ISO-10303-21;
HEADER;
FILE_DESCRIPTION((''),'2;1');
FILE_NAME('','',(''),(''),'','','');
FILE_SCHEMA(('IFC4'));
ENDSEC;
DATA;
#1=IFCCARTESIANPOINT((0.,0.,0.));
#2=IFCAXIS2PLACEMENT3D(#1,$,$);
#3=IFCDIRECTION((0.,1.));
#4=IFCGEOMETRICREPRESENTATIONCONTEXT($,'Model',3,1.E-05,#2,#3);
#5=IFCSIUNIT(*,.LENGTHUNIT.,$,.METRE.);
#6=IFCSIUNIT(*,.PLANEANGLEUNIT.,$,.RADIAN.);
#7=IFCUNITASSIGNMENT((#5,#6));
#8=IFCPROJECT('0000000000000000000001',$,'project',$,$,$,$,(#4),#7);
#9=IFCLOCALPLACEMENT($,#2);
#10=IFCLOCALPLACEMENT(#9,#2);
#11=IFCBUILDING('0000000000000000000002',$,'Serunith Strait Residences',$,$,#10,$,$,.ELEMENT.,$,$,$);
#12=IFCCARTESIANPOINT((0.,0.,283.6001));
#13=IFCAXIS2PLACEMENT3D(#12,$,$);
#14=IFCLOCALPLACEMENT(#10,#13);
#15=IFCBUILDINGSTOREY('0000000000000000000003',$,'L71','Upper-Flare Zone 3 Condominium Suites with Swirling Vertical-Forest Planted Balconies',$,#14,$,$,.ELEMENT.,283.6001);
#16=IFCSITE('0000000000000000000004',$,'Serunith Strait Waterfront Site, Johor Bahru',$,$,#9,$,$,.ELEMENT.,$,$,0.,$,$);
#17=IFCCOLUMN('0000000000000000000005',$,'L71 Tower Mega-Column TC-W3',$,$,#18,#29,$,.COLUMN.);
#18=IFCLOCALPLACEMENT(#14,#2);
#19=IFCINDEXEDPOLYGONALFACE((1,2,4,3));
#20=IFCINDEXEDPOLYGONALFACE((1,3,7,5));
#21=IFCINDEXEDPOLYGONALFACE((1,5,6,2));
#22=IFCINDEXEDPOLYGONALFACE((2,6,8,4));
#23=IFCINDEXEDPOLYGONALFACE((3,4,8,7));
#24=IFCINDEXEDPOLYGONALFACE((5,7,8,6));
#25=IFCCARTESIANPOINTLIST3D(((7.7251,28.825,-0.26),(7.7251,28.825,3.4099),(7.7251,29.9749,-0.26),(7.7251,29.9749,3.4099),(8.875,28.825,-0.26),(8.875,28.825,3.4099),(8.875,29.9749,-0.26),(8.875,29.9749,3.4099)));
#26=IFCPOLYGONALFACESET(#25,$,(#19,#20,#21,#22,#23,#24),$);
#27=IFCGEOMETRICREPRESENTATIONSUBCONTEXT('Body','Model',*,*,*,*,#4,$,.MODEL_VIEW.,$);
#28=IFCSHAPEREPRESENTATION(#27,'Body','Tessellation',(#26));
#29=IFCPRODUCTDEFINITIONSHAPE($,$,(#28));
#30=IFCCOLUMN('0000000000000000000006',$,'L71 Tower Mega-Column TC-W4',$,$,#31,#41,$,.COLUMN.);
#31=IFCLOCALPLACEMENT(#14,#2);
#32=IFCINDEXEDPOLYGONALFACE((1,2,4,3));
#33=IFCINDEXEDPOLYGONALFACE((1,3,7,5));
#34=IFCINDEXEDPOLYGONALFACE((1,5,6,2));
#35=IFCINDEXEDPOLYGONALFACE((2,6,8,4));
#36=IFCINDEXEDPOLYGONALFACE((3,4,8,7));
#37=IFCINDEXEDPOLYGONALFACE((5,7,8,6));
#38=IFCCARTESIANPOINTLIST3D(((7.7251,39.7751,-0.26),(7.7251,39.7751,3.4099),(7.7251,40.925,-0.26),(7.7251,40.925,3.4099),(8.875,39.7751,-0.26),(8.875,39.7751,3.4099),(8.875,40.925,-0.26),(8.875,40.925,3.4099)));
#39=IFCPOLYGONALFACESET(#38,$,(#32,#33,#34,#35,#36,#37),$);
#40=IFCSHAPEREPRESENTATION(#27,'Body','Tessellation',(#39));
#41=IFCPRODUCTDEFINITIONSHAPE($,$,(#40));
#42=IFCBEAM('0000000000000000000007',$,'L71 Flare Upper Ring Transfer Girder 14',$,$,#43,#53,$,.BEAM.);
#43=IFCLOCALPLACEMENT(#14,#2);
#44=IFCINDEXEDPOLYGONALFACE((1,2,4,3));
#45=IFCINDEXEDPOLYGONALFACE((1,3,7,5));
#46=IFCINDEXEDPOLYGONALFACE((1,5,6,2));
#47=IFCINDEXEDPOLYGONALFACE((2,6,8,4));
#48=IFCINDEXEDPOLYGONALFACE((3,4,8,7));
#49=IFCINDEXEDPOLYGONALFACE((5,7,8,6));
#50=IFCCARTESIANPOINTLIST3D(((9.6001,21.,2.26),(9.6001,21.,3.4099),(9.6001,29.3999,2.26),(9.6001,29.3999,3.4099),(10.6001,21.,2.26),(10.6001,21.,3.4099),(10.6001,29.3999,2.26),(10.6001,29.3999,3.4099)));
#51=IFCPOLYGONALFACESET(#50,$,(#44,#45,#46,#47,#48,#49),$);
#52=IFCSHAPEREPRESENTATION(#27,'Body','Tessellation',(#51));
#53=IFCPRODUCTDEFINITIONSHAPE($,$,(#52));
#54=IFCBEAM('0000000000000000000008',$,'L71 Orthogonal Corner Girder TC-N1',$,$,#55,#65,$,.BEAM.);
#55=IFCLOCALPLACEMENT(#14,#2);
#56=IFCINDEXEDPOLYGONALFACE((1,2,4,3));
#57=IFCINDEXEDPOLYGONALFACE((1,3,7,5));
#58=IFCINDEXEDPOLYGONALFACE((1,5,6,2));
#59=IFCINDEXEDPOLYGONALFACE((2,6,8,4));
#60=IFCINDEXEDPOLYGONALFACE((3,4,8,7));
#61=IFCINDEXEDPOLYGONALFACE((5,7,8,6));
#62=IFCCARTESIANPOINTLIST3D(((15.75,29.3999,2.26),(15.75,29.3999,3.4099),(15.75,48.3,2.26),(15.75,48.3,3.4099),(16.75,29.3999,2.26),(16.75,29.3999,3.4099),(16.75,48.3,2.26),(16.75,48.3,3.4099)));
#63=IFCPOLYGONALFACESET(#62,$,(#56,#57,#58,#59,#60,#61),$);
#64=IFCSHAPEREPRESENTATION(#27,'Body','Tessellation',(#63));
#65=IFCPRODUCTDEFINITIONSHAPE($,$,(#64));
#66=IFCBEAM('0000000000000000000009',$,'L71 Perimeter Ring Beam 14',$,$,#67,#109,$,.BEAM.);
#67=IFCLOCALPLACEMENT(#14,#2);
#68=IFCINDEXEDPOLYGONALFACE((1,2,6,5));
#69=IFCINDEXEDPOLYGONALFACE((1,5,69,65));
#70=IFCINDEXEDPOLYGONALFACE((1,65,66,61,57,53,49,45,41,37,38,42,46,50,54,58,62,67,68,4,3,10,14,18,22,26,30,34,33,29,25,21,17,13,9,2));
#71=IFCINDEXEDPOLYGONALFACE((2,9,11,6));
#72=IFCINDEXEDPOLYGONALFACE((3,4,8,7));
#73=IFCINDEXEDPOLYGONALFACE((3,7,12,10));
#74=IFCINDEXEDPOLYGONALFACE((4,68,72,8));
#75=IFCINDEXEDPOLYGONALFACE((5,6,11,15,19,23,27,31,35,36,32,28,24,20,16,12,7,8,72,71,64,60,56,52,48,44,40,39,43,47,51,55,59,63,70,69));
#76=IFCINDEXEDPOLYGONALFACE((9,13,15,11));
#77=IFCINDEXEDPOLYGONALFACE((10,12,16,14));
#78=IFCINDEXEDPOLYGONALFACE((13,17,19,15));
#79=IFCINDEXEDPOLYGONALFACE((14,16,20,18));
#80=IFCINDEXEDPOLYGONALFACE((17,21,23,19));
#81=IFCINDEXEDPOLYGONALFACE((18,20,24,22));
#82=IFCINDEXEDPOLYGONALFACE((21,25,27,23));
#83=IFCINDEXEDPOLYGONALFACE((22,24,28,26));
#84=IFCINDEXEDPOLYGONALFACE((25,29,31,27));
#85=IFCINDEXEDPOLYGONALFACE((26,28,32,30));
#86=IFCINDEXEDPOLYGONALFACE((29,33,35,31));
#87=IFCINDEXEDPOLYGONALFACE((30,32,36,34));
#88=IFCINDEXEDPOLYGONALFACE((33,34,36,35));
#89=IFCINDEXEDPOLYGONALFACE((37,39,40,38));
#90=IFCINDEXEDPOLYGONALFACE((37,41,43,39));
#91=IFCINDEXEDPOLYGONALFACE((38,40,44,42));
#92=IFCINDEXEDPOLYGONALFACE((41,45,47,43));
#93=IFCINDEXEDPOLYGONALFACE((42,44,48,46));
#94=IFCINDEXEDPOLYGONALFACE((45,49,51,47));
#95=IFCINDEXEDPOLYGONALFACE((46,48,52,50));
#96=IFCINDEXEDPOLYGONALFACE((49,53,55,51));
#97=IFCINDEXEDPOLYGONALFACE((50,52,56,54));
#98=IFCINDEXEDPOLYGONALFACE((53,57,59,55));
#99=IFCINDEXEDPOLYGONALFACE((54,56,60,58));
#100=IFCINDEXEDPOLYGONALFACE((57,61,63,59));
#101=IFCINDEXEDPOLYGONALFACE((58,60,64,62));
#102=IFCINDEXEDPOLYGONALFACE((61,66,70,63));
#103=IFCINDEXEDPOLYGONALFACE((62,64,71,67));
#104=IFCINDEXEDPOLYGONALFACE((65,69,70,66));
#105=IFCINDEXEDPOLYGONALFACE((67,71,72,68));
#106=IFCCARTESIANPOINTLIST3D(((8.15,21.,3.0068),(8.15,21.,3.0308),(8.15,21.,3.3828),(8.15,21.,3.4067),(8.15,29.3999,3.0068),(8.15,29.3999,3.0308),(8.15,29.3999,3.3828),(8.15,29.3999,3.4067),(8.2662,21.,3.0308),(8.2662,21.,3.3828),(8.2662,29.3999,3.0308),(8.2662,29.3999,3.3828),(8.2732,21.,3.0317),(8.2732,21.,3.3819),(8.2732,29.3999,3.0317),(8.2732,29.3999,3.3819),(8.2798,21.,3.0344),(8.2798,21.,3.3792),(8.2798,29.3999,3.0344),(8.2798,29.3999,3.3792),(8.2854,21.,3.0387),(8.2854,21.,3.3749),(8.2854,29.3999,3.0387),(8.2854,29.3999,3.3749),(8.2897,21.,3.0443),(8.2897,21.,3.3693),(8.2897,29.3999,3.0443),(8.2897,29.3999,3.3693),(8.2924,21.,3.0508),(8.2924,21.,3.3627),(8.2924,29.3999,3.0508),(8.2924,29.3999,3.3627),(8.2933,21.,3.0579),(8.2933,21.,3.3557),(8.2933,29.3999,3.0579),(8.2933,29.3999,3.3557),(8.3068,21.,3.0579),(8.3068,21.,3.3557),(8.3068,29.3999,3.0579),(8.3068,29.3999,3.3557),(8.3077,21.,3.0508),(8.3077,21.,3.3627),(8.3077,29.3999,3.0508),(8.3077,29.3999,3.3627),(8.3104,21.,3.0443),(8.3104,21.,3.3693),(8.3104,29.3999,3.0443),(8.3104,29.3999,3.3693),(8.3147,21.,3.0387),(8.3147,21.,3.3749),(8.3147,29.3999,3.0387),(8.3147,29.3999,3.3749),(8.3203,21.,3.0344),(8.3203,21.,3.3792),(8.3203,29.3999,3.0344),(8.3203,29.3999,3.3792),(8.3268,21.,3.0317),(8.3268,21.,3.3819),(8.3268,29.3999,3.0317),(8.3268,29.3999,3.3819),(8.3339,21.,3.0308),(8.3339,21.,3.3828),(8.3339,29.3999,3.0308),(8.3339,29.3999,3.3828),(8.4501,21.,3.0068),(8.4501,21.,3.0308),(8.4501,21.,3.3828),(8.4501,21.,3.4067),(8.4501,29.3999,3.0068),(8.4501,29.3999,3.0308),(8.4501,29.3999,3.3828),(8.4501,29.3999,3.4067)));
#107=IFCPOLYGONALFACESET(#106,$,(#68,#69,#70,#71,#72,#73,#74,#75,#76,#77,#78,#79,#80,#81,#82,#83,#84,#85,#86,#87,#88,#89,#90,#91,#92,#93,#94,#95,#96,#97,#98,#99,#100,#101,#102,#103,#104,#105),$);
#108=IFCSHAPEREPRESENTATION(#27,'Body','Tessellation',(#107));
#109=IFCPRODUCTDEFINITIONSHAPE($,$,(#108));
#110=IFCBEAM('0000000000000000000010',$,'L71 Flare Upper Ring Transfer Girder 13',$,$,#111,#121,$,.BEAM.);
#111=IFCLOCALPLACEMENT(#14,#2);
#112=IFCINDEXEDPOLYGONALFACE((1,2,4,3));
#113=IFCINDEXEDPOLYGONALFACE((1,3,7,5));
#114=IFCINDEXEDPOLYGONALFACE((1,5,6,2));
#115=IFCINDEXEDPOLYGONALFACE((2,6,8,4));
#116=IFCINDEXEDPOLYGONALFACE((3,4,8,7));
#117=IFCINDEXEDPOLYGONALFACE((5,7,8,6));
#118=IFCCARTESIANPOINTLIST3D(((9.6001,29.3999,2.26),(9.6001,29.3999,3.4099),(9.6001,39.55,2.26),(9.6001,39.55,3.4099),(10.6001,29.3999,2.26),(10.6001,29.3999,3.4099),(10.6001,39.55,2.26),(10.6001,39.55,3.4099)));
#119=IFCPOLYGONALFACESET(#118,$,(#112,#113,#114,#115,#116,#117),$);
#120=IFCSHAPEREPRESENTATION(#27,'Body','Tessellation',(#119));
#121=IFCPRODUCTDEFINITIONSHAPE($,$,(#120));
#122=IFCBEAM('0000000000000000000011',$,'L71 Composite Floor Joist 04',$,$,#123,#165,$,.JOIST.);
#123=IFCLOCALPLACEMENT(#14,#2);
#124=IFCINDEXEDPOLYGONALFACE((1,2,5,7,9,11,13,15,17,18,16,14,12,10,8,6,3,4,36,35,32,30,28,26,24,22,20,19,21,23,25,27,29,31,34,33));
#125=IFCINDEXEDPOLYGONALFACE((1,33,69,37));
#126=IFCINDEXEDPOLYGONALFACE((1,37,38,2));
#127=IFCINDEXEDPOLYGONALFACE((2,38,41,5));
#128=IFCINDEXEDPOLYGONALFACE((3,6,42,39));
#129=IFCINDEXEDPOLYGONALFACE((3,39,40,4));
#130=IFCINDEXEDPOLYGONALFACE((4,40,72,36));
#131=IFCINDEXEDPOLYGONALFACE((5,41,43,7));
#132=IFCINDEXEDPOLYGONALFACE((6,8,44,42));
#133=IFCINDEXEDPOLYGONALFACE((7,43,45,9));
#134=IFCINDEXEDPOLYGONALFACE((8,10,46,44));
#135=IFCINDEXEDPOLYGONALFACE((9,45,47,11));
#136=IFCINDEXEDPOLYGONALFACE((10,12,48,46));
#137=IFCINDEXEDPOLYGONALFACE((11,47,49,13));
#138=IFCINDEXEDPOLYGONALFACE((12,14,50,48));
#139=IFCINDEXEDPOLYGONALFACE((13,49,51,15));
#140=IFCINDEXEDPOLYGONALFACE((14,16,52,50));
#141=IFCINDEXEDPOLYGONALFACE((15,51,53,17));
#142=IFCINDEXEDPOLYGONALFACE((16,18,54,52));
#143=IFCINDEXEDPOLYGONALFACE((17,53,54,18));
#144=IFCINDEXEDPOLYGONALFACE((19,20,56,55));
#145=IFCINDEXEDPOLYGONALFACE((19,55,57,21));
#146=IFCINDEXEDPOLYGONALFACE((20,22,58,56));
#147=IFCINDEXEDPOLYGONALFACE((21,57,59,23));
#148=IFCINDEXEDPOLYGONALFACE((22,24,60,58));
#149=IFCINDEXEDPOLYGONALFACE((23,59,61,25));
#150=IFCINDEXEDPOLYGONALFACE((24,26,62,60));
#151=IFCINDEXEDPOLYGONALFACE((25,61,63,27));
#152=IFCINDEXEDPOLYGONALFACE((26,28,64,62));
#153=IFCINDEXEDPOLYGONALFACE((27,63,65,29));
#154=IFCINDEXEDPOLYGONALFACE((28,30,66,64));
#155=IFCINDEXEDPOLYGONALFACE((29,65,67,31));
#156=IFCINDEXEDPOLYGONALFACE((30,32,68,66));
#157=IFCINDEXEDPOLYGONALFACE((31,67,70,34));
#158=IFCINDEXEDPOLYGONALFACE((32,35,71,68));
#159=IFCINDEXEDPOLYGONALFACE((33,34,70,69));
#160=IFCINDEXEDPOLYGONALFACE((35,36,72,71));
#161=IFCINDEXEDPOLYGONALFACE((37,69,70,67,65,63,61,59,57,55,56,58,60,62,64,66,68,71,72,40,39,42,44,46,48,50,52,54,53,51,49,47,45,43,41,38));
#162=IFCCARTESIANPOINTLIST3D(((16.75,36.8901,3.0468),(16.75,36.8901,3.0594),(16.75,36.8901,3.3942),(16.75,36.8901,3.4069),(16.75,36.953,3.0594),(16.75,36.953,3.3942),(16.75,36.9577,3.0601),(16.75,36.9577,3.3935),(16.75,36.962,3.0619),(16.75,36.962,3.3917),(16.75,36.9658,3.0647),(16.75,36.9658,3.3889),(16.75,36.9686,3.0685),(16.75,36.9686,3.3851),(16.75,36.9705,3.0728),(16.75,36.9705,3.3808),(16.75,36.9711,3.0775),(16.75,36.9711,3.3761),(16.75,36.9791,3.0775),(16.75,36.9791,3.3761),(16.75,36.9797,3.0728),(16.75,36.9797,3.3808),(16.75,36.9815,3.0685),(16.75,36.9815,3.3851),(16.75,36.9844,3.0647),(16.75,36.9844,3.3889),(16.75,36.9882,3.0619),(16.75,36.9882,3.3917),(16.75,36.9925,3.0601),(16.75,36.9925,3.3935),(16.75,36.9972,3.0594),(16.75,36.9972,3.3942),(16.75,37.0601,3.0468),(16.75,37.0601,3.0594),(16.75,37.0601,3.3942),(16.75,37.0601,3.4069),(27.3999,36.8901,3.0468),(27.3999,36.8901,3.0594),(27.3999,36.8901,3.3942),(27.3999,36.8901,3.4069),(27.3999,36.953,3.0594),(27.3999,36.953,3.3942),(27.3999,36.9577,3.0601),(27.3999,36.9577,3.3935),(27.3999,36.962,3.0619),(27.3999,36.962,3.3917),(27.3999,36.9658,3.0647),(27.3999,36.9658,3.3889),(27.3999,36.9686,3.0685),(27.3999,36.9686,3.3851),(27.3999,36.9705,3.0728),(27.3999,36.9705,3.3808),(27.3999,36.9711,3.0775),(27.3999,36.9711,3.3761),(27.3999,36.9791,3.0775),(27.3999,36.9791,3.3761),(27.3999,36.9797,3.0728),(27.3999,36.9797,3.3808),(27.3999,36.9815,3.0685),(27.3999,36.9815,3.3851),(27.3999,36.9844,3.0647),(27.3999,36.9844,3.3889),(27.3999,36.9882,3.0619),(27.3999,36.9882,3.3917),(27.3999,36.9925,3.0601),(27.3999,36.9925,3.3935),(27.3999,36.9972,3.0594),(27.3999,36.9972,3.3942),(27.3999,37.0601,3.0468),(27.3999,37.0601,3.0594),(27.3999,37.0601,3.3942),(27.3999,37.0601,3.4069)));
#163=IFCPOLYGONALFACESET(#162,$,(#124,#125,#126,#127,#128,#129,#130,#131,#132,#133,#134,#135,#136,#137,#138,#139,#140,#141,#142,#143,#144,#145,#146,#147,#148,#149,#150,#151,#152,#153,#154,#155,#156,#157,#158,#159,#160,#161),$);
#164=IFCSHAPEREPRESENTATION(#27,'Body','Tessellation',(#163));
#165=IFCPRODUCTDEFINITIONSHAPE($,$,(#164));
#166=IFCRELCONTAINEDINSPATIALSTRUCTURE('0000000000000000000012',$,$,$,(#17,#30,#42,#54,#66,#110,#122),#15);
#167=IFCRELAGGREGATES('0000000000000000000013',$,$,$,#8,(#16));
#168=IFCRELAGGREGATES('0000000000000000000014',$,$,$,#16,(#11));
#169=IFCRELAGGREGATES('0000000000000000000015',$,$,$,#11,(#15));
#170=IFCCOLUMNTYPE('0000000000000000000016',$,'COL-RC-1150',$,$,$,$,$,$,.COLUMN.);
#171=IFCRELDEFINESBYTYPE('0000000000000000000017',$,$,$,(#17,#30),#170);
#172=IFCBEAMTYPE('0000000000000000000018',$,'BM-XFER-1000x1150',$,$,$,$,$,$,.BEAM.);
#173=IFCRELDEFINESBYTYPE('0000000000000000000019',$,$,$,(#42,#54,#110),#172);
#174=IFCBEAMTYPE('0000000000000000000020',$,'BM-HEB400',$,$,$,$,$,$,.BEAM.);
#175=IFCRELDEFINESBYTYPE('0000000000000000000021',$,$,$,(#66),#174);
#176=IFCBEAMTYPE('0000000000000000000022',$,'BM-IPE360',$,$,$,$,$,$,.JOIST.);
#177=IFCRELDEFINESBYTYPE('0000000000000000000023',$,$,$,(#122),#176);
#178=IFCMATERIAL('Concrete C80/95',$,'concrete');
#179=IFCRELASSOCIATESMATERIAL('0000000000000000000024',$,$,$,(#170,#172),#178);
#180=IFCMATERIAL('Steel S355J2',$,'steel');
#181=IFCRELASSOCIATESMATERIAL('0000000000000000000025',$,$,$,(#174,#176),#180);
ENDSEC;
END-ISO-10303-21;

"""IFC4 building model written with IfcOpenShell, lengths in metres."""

from ifc_helpers import new_model, si_unit, direction, frame, origin, origin_2d, place, context, subcontext, project, spatial, rectangle, i_section, extrude, source, transform, mapped, material, material_profile, profile_set, type_object, element, save


model = new_model("IFC4")

# Units and contexts
model_context = context("Model", 3, precision=1e-05, world=origin(), true_north=direction((0.0, 1.0)))
body_context = subcontext(model_context, "Body", "Model", "MODEL_VIEW")
ifc_project = project(units=[si_unit("LENGTHUNIT", "METRE"), si_unit("PLANEANGLEUNIT", "RADIAN")], contexts=[model_context])

# Site, building, storey
site_placement = place(None, origin())
site = spatial("IfcSite", under=ifc_project, at=site_placement, Name="Serunith Strait Waterfront Site, Johor Bahru", CompositionType="ELEMENT", RefElevation=0.0)
building_placement = place(site_placement, origin())
building = spatial("IfcBuilding", under=site, at=building_placement, Name="Serunith Strait Residences", CompositionType="ELEMENT")
storey_placement = place(building_placement, frame((0.0, 0.0, 283.6001)))
storey = spatial("IfcBuildingStorey", under=building, at=storey_placement, Name="L71", Description="Upper-Flare Zone 3 Condominium Suites with Swirling Vertical-Forest Planted Balconies", CompositionType="ELEMENT", Elevation=283.6001)

# Columns
ifc_material_1 = material(Name="Concrete C80/95", Category="concrete")
ifc_material_profile_1 = material_profile(ifc_material_1, rectangle(XDim=1.1499, YDim=1.1499, at=origin_2d()), Name="RC 1150x1150")
ifc_profile_set_1 = profile_set([ifc_material_profile_1], Name="Concrete C80/95")
column_type = type_object("IfcColumnType", Name="COL-RC-1150", PredefinedType="COLUMN", material=ifc_profile_set_1)
shared_shape_1 = source(origin(), body_context, "Body", "SweptSolid", [
    extrude(rectangle(XDim=1.1499, YDim=1.1499, at=origin_2d()), origin(), (0.0, 0.0, 1.0), 3.6699),
])
for number, where, z_axis, x_axis, name in (
    (1, (8.3, 29.3999, -0.26), (0.0, 0.0, 1.0), (1.0, 0.0, 0.0), "L71 Tower Mega-Column TC-W3"),
    (2, (8.3, 40.3501, -0.26), (0.0, 0.0, 1.0), (1.0, 0.0, 0.0), "L71 Tower Mega-Column TC-W4"),
):
    element("IfcColumn", number, at=place(storey_placement, frame(where, z_axis=z_axis, x_axis=x_axis)), inside=storey, type_object=column_type, Name=name, PredefinedType="COLUMN", context=body_context, shape_type="MappedRepresentation", body=[
        mapped(shared_shape_1, transform((0.0, 0.0, 0.0), scale=1.0)),
    ])

# Beams
ifc_material_profile_2 = material_profile(ifc_material_1, rectangle(XDim=1.0, YDim=1.1499, at=origin_2d()), Name="RC 1000x1150")
ifc_profile_set_2 = profile_set([ifc_material_profile_2], Name="Concrete C80/95")
beam_type_1 = type_object("IfcBeamType", Name="BM-XFER-1000x1150", PredefinedType="BEAM", material=ifc_profile_set_2)
shared_shape_2 = source(origin(), body_context, "Body", "SweptSolid", [
    extrude(rectangle(XDim=1.0, YDim=1.1499, at=origin_2d()), origin(), (0.0, 0.0, 1.0), 8.3999),
])
beam_1_placement = place(storey_placement, frame((10.1001, 29.3999, 2.835), z_axis=(0.0, -1.0, 0.0), x_axis=(1.0, 0.0, 0.0)))
element("IfcBeam", 3, at=beam_1_placement, inside=storey, type_object=beam_type_1, Name="L71 Flare Upper Ring Transfer Girder 14", PredefinedType="BEAM", context=body_context, shape_type="MappedRepresentation", body=[
    mapped(shared_shape_2, transform((0.0, 0.0, 0.0), scale=1.0)),
])
shared_shape_3 = source(origin(), body_context, "Body", "SweptSolid", [
    extrude(rectangle(XDim=1.0, YDim=1.1499, at=origin_2d()), origin(), (0.0, 0.0, 1.0), 18.9001),
])
beam_2_placement = place(storey_placement, frame((16.25, 29.3999, 2.835), z_axis=(0.0, 1.0, 0.0), x_axis=(-1.0, 0.0, 0.0)))
element("IfcBeam", 4, at=beam_2_placement, inside=storey, type_object=beam_type_1, Name="L71 Orthogonal Corner Girder TC-N1", PredefinedType="BEAM", context=body_context, shape_type="MappedRepresentation", body=[
    mapped(shared_shape_3, transform((0.0, 0.0, 0.0), scale=1.0)),
])
ifc_material_2 = material(Name="Steel S355J2", Category="steel")
ifc_material_profile_3 = material_profile(ifc_material_2, i_section(OverallWidth=0.3, OverallDepth=0.3999, WebThickness=0.0134, FlangeThickness=0.0239, FilletRadius=0.0271, at=origin_2d()), Name="HEB 400")
ifc_profile_set_3 = profile_set([ifc_material_profile_3], Name="Steel S355J2")
beam_type_2 = type_object("IfcBeamType", Name="BM-HEB400", PredefinedType="BEAM", material=ifc_profile_set_3)
shared_shape_4 = source(origin(), body_context, "Body", "SweptSolid", [
    extrude(i_section(OverallWidth=0.3, OverallDepth=0.3999, WebThickness=0.0134, FlangeThickness=0.0239, FilletRadius=0.0271, at=origin_2d()), origin(), (0.0, 0.0, 1.0), 8.3999),
])
beam_3_placement = place(storey_placement, frame((8.3, 29.3999, 3.2068), z_axis=(0.0, -1.0, 0.0), x_axis=(1.0, 0.0, 0.0)))
element("IfcBeam", 5, at=beam_3_placement, inside=storey, type_object=beam_type_2, Name="L71 Perimeter Ring Beam 14", PredefinedType="BEAM", context=body_context, shape_type="MappedRepresentation", body=[
    mapped(shared_shape_4, transform((0.0, 0.0, 0.0), scale=1.0)),
])
shared_shape_5 = source(origin(), body_context, "Body", "SweptSolid", [
    extrude(rectangle(XDim=1.0, YDim=1.1499, at=origin_2d()), origin(), (0.0, 0.0, 1.0), 10.1501),
])
beam_4_placement = place(storey_placement, frame((10.1001, 39.55, 2.835), z_axis=(0.0, -1.0, 0.0), x_axis=(1.0, 0.0, 0.0)))
element("IfcBeam", 6, at=beam_4_placement, inside=storey, type_object=beam_type_1, Name="L71 Flare Upper Ring Transfer Girder 13", PredefinedType="BEAM", context=body_context, shape_type="MappedRepresentation", body=[
    mapped(shared_shape_5, transform((0.0, 0.0, 0.0), scale=1.0)),
])
ifc_material_profile_4 = material_profile(ifc_material_2, i_section(OverallWidth=0.1699, OverallDepth=0.3601, WebThickness=0.0081, FlangeThickness=0.0127, FilletRadius=0.0181, at=origin_2d()), Name="IPE 360")
ifc_profile_set_4 = profile_set([ifc_material_profile_4], Name="Steel S355J2")
beam_type_3 = type_object("IfcBeamType", Name="BM-IPE360", PredefinedType="JOIST", material=ifc_profile_set_4)
shared_shape_6 = source(origin(), body_context, "Body", "SweptSolid", [
    extrude(i_section(OverallWidth=0.1699, OverallDepth=0.3601, WebThickness=0.0081, FlangeThickness=0.0127, FilletRadius=0.0181, at=origin_2d()), origin(), (0.0, 0.0, 1.0), 10.6499),
])
beam_5_placement = place(storey_placement, frame((16.75, 36.9751, 3.2268), z_axis=(1.0, 0.0, 0.0), x_axis=(0.0, 1.0, 0.0)))
element("IfcBeam", 7, at=beam_5_placement, inside=storey, type_object=beam_type_3, Name="L71 Composite Floor Joist 04", PredefinedType="JOIST", context=body_context, shape_type="MappedRepresentation", body=[
    mapped(shared_shape_6, transform((0.0, 0.0, 0.0), scale=1.0)),
])

save(model, "model.ifc")
